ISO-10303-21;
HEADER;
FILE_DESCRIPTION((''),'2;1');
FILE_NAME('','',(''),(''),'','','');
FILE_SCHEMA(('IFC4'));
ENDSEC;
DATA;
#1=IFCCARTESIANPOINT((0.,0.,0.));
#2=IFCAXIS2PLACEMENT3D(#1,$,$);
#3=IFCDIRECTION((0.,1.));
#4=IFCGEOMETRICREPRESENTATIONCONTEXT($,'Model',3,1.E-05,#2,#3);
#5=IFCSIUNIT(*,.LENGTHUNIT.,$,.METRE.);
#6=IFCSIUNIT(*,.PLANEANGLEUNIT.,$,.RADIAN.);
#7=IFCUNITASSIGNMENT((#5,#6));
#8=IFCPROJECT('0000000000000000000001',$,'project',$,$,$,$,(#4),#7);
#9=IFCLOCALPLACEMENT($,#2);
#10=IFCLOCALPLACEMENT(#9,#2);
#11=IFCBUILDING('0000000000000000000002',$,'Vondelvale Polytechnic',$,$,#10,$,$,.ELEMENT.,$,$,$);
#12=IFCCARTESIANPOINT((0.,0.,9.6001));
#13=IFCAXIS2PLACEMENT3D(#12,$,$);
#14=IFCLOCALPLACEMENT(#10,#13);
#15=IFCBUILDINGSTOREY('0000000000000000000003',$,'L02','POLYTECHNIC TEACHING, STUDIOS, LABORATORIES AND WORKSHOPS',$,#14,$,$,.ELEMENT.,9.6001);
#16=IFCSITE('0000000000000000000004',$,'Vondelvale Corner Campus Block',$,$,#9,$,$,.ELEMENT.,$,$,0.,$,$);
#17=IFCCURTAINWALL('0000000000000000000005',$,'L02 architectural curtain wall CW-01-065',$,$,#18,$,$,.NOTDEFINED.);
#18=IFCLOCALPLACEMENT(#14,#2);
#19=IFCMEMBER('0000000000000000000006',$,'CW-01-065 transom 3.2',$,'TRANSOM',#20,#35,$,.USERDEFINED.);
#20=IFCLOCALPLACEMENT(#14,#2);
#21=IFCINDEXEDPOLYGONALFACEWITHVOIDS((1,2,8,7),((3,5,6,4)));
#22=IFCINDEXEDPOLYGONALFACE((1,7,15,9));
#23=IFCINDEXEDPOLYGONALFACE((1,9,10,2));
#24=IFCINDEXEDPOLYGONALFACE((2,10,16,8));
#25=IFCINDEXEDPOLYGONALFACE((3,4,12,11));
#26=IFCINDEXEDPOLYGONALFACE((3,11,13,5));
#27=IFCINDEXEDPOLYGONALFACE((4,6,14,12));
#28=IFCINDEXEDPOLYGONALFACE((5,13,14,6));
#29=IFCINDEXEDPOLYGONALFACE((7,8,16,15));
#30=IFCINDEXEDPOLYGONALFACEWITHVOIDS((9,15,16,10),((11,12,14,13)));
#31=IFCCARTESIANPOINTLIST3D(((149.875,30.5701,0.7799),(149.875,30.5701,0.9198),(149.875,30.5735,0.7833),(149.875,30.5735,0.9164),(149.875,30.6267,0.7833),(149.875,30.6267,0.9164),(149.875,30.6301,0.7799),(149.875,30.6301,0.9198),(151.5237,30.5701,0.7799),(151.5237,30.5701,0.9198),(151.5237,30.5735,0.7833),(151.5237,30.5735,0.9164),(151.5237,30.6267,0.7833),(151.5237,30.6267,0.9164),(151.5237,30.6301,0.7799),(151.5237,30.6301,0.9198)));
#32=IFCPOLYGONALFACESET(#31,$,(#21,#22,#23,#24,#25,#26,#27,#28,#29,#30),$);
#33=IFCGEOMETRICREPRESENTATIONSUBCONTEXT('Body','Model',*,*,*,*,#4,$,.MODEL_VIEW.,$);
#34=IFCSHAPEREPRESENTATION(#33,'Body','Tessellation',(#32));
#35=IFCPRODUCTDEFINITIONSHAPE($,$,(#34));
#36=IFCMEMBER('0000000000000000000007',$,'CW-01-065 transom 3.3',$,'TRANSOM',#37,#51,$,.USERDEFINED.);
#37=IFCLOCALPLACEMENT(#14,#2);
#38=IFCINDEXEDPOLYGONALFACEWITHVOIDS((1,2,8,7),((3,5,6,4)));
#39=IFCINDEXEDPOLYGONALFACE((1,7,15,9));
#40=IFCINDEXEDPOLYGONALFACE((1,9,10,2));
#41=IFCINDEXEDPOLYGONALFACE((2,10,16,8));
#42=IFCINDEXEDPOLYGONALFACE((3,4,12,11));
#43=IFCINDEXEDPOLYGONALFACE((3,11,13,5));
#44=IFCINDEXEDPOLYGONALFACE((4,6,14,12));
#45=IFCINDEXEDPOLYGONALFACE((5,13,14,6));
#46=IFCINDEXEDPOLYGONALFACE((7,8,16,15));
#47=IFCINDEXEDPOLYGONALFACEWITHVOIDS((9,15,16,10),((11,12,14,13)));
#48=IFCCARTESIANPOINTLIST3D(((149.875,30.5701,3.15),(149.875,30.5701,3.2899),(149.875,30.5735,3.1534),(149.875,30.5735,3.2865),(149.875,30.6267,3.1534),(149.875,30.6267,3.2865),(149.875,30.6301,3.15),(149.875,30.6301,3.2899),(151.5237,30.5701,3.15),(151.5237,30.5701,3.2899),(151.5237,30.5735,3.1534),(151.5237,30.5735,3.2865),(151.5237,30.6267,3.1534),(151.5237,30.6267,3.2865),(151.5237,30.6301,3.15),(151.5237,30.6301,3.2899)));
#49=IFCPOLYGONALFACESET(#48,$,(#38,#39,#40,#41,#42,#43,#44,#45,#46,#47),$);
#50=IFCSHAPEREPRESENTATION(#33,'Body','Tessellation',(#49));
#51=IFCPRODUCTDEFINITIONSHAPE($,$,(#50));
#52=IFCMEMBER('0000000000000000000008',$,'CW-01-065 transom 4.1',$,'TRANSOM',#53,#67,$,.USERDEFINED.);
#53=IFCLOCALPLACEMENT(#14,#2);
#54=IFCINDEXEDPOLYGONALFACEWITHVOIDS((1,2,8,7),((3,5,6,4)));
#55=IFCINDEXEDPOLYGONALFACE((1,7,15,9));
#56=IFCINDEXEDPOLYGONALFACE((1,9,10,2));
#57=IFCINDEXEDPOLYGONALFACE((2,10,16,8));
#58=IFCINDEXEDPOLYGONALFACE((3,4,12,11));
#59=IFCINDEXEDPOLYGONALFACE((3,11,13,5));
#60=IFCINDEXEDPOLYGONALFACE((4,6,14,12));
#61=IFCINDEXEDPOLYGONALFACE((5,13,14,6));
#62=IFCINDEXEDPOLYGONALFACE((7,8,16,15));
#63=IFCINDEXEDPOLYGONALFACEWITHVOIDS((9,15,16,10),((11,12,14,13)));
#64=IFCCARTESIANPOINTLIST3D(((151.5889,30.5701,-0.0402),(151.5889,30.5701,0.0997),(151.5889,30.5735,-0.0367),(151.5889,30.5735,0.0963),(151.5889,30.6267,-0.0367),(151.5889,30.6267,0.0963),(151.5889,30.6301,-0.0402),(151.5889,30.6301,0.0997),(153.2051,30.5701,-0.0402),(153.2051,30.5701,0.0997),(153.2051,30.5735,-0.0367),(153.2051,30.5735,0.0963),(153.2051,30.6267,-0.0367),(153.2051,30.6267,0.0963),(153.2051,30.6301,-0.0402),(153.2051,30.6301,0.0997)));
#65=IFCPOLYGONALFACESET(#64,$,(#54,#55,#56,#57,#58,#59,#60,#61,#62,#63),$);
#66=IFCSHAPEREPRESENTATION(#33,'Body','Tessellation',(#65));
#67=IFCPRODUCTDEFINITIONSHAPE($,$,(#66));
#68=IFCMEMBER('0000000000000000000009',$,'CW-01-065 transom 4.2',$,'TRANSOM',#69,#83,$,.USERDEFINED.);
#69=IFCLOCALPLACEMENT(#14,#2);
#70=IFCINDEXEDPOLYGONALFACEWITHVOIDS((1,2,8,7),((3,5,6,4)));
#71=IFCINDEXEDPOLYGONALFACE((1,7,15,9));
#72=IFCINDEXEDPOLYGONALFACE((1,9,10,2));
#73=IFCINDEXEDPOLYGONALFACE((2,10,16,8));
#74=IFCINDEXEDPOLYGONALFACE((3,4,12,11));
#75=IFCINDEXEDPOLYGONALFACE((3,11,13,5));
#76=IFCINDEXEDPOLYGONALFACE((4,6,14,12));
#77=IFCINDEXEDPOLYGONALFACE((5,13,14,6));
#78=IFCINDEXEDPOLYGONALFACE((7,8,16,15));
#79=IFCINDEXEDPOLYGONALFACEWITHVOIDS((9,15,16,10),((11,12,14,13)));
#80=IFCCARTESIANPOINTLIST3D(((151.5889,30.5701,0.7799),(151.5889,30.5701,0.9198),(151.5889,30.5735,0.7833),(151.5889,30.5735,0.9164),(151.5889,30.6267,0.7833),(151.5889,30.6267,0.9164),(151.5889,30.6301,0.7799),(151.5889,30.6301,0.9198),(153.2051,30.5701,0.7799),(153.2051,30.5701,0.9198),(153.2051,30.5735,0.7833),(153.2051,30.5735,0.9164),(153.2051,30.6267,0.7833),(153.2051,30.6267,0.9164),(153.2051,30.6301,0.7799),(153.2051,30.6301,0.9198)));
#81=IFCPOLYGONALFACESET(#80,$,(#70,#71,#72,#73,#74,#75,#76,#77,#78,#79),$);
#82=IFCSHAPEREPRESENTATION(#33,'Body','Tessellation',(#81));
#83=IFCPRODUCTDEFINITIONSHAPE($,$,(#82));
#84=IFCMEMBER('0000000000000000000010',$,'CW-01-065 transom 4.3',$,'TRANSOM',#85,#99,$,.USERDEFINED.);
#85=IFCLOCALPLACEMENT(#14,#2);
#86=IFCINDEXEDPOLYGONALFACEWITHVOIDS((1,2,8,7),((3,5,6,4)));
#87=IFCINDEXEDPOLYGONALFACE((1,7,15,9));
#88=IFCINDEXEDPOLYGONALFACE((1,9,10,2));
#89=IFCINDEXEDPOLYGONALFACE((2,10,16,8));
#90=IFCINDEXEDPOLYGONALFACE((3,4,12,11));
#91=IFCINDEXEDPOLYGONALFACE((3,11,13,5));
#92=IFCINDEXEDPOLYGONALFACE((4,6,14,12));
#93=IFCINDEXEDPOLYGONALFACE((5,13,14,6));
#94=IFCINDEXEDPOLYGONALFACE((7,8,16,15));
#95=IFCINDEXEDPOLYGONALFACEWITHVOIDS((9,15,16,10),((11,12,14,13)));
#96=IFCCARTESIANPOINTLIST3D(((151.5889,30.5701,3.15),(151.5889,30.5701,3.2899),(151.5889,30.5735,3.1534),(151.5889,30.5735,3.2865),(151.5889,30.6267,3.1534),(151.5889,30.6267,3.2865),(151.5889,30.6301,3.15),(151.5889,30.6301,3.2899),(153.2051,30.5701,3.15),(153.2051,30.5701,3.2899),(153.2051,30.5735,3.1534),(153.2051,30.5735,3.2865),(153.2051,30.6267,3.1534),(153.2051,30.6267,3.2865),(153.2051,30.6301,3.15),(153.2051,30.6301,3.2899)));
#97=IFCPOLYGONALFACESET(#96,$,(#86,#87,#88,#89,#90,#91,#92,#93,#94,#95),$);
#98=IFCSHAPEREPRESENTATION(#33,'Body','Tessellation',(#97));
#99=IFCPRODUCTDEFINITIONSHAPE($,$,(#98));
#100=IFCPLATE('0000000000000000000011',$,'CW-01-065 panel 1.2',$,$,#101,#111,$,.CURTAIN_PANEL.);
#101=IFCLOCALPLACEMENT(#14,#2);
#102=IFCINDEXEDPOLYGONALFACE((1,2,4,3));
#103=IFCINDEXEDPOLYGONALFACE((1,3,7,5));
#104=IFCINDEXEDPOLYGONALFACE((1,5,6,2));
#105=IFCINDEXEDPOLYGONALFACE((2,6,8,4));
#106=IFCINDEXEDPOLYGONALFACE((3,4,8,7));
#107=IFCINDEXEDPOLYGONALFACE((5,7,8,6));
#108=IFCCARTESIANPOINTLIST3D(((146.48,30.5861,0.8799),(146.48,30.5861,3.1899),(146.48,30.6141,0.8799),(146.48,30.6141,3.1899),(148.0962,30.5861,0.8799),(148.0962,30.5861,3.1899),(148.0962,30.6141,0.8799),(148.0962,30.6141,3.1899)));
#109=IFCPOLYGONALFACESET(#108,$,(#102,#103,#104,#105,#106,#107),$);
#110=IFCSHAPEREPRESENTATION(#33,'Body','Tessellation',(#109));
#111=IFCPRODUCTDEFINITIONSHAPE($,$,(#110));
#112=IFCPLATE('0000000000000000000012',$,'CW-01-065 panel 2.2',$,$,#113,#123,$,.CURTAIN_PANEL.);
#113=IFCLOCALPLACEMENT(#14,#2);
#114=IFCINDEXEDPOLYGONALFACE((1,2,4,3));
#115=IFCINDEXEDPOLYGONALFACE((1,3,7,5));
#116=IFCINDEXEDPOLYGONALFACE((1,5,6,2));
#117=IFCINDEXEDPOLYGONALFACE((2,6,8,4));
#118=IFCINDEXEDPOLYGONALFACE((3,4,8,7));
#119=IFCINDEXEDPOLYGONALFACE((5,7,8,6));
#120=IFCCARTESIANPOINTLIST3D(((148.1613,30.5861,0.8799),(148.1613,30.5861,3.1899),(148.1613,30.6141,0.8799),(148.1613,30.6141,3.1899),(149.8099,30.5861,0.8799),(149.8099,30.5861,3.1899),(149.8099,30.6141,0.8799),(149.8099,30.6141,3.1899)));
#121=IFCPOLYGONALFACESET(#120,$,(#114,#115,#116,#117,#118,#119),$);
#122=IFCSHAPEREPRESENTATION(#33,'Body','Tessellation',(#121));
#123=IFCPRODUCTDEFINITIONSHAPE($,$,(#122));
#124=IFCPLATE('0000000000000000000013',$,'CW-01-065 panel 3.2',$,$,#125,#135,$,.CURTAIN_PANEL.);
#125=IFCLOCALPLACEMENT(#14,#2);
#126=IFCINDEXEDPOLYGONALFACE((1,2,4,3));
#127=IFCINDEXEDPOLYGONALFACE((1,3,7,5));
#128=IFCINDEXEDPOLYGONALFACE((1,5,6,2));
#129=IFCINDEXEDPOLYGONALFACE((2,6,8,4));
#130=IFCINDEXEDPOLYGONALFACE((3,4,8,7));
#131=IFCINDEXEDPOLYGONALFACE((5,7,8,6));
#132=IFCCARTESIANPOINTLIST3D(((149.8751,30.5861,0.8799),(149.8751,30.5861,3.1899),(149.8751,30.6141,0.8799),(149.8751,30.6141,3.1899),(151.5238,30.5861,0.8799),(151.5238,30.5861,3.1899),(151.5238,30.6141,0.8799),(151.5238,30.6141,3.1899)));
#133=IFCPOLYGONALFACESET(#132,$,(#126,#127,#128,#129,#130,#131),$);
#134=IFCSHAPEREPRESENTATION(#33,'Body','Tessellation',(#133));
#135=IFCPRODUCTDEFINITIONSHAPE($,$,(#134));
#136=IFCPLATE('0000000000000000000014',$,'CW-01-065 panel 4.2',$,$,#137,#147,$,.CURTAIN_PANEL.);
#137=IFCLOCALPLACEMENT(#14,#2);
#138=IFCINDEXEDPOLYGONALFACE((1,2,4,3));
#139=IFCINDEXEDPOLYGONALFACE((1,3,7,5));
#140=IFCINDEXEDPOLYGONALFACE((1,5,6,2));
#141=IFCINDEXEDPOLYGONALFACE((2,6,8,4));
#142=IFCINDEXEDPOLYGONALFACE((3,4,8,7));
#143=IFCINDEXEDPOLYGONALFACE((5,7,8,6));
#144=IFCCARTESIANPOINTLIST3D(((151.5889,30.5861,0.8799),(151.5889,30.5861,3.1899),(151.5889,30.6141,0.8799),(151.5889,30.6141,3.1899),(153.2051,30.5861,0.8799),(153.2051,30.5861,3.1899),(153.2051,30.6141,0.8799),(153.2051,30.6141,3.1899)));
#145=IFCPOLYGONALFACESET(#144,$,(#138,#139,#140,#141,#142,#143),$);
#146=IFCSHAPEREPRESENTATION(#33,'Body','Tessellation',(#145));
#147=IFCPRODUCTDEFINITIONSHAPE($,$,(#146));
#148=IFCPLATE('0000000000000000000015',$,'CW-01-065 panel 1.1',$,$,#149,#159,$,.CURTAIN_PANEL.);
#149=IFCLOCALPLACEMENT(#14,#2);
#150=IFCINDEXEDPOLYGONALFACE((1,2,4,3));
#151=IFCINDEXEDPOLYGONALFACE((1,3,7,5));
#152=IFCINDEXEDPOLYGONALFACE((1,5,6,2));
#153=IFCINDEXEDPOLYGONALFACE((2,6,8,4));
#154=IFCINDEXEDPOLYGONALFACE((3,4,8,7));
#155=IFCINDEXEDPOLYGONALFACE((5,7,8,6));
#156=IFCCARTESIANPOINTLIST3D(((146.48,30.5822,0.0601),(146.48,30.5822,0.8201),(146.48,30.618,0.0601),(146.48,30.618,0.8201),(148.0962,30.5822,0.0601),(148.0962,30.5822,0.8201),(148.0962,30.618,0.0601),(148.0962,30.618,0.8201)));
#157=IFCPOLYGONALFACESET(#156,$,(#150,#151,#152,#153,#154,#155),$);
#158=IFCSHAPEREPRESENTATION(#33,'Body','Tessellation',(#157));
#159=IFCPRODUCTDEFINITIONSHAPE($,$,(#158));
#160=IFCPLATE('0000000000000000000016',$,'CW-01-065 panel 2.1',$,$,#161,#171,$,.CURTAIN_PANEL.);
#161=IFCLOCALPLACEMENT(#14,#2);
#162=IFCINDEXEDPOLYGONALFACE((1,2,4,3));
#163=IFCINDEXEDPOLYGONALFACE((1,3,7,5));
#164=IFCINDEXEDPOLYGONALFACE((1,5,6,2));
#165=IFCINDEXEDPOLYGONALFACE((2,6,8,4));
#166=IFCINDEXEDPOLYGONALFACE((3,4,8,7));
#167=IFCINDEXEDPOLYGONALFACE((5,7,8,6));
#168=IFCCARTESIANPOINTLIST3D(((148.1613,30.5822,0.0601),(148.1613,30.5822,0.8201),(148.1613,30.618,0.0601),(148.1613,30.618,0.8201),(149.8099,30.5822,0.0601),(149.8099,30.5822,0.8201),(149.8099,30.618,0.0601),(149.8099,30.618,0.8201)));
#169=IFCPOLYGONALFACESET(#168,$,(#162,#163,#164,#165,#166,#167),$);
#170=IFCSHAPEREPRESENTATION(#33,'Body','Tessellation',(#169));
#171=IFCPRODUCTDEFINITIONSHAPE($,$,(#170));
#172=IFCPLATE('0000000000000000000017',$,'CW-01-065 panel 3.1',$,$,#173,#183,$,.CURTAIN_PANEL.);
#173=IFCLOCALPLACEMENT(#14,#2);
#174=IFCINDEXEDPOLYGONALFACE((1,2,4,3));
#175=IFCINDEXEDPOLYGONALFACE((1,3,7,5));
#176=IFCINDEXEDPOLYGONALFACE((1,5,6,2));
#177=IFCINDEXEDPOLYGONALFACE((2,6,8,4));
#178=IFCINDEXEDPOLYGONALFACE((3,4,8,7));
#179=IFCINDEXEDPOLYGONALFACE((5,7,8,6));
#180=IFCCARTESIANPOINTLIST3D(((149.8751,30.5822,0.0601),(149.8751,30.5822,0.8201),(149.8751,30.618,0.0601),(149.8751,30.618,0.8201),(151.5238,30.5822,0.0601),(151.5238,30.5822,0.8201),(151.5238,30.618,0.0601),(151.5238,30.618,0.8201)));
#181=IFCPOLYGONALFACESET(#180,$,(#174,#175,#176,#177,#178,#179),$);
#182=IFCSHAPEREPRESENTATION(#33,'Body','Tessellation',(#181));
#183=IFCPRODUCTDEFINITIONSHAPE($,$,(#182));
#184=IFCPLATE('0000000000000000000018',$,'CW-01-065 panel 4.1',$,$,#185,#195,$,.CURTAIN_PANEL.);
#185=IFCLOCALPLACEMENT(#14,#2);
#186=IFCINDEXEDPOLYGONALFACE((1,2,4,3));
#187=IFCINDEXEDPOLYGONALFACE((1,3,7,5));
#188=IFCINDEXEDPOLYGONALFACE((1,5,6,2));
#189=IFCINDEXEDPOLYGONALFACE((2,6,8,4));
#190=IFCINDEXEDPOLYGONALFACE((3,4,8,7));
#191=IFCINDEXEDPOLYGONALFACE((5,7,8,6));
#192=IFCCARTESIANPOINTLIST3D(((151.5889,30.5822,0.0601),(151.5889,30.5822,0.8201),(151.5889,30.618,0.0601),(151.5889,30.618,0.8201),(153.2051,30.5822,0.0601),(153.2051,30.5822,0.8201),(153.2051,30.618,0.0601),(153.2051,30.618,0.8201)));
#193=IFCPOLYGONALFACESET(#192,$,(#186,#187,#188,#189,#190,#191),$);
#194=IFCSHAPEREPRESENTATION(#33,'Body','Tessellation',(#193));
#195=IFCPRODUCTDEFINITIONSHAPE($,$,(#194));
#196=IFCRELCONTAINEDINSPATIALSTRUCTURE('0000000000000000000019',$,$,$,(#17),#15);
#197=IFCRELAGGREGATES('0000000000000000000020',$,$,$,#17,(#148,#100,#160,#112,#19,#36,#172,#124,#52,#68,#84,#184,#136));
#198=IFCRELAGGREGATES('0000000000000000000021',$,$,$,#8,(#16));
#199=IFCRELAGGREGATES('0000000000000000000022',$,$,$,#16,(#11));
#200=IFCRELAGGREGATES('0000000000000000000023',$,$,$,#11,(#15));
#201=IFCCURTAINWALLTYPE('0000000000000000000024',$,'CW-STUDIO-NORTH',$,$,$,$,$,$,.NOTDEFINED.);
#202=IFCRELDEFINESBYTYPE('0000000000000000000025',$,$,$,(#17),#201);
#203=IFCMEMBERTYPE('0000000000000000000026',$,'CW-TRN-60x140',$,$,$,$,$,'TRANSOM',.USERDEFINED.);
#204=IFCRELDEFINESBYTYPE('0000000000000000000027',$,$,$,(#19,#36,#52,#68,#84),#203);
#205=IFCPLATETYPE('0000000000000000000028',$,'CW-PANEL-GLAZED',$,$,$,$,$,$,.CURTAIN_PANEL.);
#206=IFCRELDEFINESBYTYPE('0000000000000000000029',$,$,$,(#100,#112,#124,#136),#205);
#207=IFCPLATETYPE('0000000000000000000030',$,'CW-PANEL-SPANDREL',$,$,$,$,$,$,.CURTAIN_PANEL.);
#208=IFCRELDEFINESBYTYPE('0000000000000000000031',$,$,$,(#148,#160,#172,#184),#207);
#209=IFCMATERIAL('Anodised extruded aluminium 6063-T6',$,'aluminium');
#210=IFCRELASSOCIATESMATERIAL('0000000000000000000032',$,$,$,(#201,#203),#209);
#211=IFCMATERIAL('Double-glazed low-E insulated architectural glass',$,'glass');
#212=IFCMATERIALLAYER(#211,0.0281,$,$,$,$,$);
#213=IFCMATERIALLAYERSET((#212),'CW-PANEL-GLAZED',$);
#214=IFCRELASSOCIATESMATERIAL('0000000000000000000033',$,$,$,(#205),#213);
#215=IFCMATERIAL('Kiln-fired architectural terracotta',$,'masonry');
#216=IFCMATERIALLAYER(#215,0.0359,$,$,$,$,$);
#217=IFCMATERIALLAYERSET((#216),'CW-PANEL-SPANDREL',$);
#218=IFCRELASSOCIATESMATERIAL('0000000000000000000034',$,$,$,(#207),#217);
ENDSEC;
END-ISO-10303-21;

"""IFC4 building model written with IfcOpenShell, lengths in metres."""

from ifc_helpers import new_model, si_unit, direction, frame, origin, origin_2d, place, context, subcontext, project, spatial, rectangle, hollow_rectangle, extrude, material, layer, layer_set, material_profile, profile_set, type_object, element, aggregate, save


model = new_model("IFC4")

# Units and contexts
model_context = context("Model", 3, precision=1e-05, world=origin(), true_north=direction((0.0, 1.0)))
body_context = subcontext(model_context, "Body", "Model", "MODEL_VIEW")
ifc_project = project(units=[si_unit("LENGTHUNIT", "METRE"), si_unit("PLANEANGLEUNIT", "RADIAN")], contexts=[model_context])

# Site, building, storey
site_placement = place(None, origin())
site = spatial("IfcSite", under=ifc_project, at=site_placement, Name="Vondelvale Corner Campus Block", CompositionType="ELEMENT", RefElevation=0.0)
building_placement = place(site_placement, origin())
building = spatial("IfcBuilding", under=site, at=building_placement, Name="Vondelvale Polytechnic", CompositionType="ELEMENT")
storey_placement = place(building_placement, frame((0.0, 0.0, 9.6001)))
storey = spatial("IfcBuildingStorey", under=building, at=storey_placement, Name="L02", Description="POLYTECHNIC TEACHING, STUDIOS, LABORATORIES AND WORKSHOPS", CompositionType="ELEMENT", Elevation=9.6001)

# Curtain wall, members, plates
ifc_material_1 = material(Name="Anodised extruded aluminium 6063-T6", Category="aluminium")
curtain_wall_type = type_object("IfcCurtainWallType", Name="CW-STUDIO-NORTH", PredefinedType="NOTDEFINED", material=ifc_material_1)
curtain_wall_placement = place(storey_placement, origin())
curtain_wall = element("IfcCurtainWall", 1, at=curtain_wall_placement, inside=storey, type_object=curtain_wall_type, Name="L02 architectural curtain wall CW-01-065", PredefinedType="NOTDEFINED")
ifc_material_profile_1 = material_profile(ifc_material_1, hollow_rectangle(XDim=0.0601, YDim=0.1399, WallThickness=0.0034, at=origin_2d()), Name="CW-TRN-140x60")
ifc_profile_set_1 = profile_set([ifc_material_profile_1], Name="Anodised extruded aluminium 6063-T6")
member_type_1 = type_object("IfcMemberType", Name="CW-TRN-60x140", ElementType="TRANSOM", PredefinedType="USERDEFINED", material=ifc_profile_set_1)
member_1_placement = place(storey_placement, frame((149.875, 30.6001, 0.8499), z_axis=(1.0, 0.0, 0.0), x_axis=(0.0, 1.0, 0.0)))
member_1 = element("IfcMember", 2, at=member_1_placement, type_object=member_type_1, Name="CW-01-065 transom 3.2", ObjectType="TRANSOM", PredefinedType="USERDEFINED", context=body_context, shape_type="SweptSolid", body=[
    extrude(hollow_rectangle(XDim=0.0601, YDim=0.1399, WallThickness=0.0034, at=origin_2d()), origin(), (0.0, 0.0, 1.0), 1.6487),
])
member_2_placement = place(storey_placement, frame((149.875, 30.6001, 3.22), z_axis=(1.0, 0.0, 0.0), x_axis=(0.0, 1.0, 0.0)))
member_2 = element("IfcMember", 3, at=member_2_placement, type_object=member_type_1, Name="CW-01-065 transom 3.3", ObjectType="TRANSOM", PredefinedType="USERDEFINED", context=body_context, shape_type="SweptSolid", body=[
    extrude(hollow_rectangle(XDim=0.0601, YDim=0.1399, WallThickness=0.0034, at=origin_2d()), origin(), (0.0, 0.0, 1.0), 1.6487),
])
member_3_placement = place(storey_placement, frame((151.5889, 30.6001, 0.0298), z_axis=(1.0, 0.0, 0.0), x_axis=(0.0, 1.0, 0.0)))
member_3 = element("IfcMember", 4, at=member_3_placement, type_object=member_type_1, Name="CW-01-065 transom 4.1", ObjectType="TRANSOM", PredefinedType="USERDEFINED", context=body_context, shape_type="SweptSolid", body=[
    extrude(hollow_rectangle(XDim=0.0601, YDim=0.1399, WallThickness=0.0034, at=origin_2d()), origin(), (0.0, 0.0, 1.0), 1.6162),
])
member_4_placement = place(storey_placement, frame((151.5889, 30.6001, 0.8499), z_axis=(1.0, 0.0, 0.0), x_axis=(0.0, 1.0, 0.0)))
member_4 = element("IfcMember", 5, at=member_4_placement, type_object=member_type_1, Name="CW-01-065 transom 4.2", ObjectType="TRANSOM", PredefinedType="USERDEFINED", context=body_context, shape_type="SweptSolid", body=[
    extrude(hollow_rectangle(XDim=0.0601, YDim=0.1399, WallThickness=0.0034, at=origin_2d()), origin(), (0.0, 0.0, 1.0), 1.6162),
])
member_5_placement = place(storey_placement, frame((151.5889, 30.6001, 3.22), z_axis=(1.0, 0.0, 0.0), x_axis=(0.0, 1.0, 0.0)))
member_5 = element("IfcMember", 6, at=member_5_placement, type_object=member_type_1, Name="CW-01-065 transom 4.3", ObjectType="TRANSOM", PredefinedType="USERDEFINED", context=body_context, shape_type="SweptSolid", body=[
    extrude(hollow_rectangle(XDim=0.0601, YDim=0.1399, WallThickness=0.0034, at=origin_2d()), origin(), (0.0, 0.0, 1.0), 1.6162),
])
ifc_material_2 = material(Name="Double-glazed low-E insulated architectural glass", Category="glass")
ifc_layer_1 = layer(ifc_material_2, 0.0281)
ifc_layer_set_1 = layer_set([ifc_layer_1], Name="CW-PANEL-GLAZED")
plate_type_1 = type_object("IfcPlateType", Name="CW-PANEL-GLAZED", PredefinedType="CURTAIN_PANEL", material=ifc_layer_set_1)
plate_1_placement = place(storey_placement, frame((147.2881, 30.6001, 0.8799), z_axis=(0.0, 0.0, 1.0), x_axis=(1.0, 0.0, 0.0)))
plate_1 = element("IfcPlate", 7, at=plate_1_placement, type_object=plate_type_1, Name="CW-01-065 panel 1.2", PredefinedType="CURTAIN_PANEL", context=body_context, shape_type="SweptSolid", body=[
    extrude(rectangle(XDim=1.6162, YDim=0.0281, at=origin_2d()), origin(), (0.0, 0.0, 1.0), 2.3101),
])
plate_2_placement = place(storey_placement, frame((148.9856, 30.6001, 0.8799), z_axis=(0.0, 0.0, 1.0), x_axis=(1.0, 0.0, 0.0)))
plate_2 = element("IfcPlate", 8, at=plate_2_placement, type_object=plate_type_1, Name="CW-01-065 panel 2.2", PredefinedType="CURTAIN_PANEL", context=body_context, shape_type="SweptSolid", body=[
    extrude(rectangle(XDim=1.6487, YDim=0.0281, at=origin_2d()), origin(), (0.0, 0.0, 1.0), 2.3101),
])
plate_3_placement = place(storey_placement, frame((150.6995, 30.6001, 0.8799), z_axis=(0.0, 0.0, 1.0), x_axis=(1.0, 0.0, 0.0)))
plate_3 = element("IfcPlate", 9, at=plate_3_placement, type_object=plate_type_1, Name="CW-01-065 panel 3.2", PredefinedType="CURTAIN_PANEL", context=body_context, shape_type="SweptSolid", body=[
    extrude(rectangle(XDim=1.6487, YDim=0.0281, at=origin_2d()), origin(), (0.0, 0.0, 1.0), 2.3101),
])
plate_4_placement = place(storey_placement, frame((152.397, 30.6001, 0.8799), z_axis=(0.0, 0.0, 1.0), x_axis=(1.0, 0.0, 0.0)))
plate_4 = element("IfcPlate", 10, at=plate_4_placement, type_object=plate_type_1, Name="CW-01-065 panel 4.2", PredefinedType="CURTAIN_PANEL", context=body_context, shape_type="SweptSolid", body=[
    extrude(rectangle(XDim=1.6162, YDim=0.0281, at=origin_2d()), origin(), (0.0, 0.0, 1.0), 2.3101),
])
ifc_material_3 = material(Name="Kiln-fired architectural terracotta", Category="masonry")
ifc_layer_2 = layer(ifc_material_3, 0.0359)
ifc_layer_set_2 = layer_set([ifc_layer_2], Name="CW-PANEL-SPANDREL")
plate_type_2 = type_object("IfcPlateType", Name="CW-PANEL-SPANDREL", PredefinedType="CURTAIN_PANEL", material=ifc_layer_set_2)
plate_5_placement = place(storey_placement, frame((147.2881, 30.6001, 0.0601), z_axis=(0.0, 0.0, 1.0), x_axis=(1.0, 0.0, 0.0)))
plate_5 = element("IfcPlate", 11, at=plate_5_placement, type_object=plate_type_2, Name="CW-01-065 panel 1.1", PredefinedType="CURTAIN_PANEL", context=body_context, shape_type="SweptSolid", body=[
    extrude(rectangle(XDim=1.6162, YDim=0.0359, at=origin_2d()), origin(), (0.0, 0.0, 1.0), 0.76),
])
plate_6_placement = place(storey_placement, frame((148.9856, 30.6001, 0.0601), z_axis=(0.0, 0.0, 1.0), x_axis=(1.0, 0.0, 0.0)))
plate_6 = element("IfcPlate", 12, at=plate_6_placement, type_object=plate_type_2, Name="CW-01-065 panel 2.1", PredefinedType="CURTAIN_PANEL", context=body_context, shape_type="SweptSolid", body=[
    extrude(rectangle(XDim=1.6487, YDim=0.0359, at=origin_2d()), origin(), (0.0, 0.0, 1.0), 0.76),
])
plate_7_placement = place(storey_placement, frame((150.6995, 30.6001, 0.0601), z_axis=(0.0, 0.0, 1.0), x_axis=(1.0, 0.0, 0.0)))
plate_7 = element("IfcPlate", 13, at=plate_7_placement, type_object=plate_type_2, Name="CW-01-065 panel 3.1", PredefinedType="CURTAIN_PANEL", context=body_context, shape_type="SweptSolid", body=[
    extrude(rectangle(XDim=1.6487, YDim=0.0359, at=origin_2d()), origin(), (0.0, 0.0, 1.0), 0.76),
])
plate_8_placement = place(storey_placement, frame((152.397, 30.6001, 0.0601), z_axis=(0.0, 0.0, 1.0), x_axis=(1.0, 0.0, 0.0)))
plate_8 = element("IfcPlate", 14, at=plate_8_placement, type_object=plate_type_2, Name="CW-01-065 panel 4.1", PredefinedType="CURTAIN_PANEL", context=body_context, shape_type="SweptSolid", body=[
    extrude(rectangle(XDim=1.6162, YDim=0.0359, at=origin_2d()), origin(), (0.0, 0.0, 1.0), 0.76),
])
aggregate(curtain_wall, [plate_5, plate_1, plate_6, plate_2, member_1, member_2, plate_7, plate_3, member_3, member_4, member_5, plate_8, plate_4])

save(model, "model.ifc")
